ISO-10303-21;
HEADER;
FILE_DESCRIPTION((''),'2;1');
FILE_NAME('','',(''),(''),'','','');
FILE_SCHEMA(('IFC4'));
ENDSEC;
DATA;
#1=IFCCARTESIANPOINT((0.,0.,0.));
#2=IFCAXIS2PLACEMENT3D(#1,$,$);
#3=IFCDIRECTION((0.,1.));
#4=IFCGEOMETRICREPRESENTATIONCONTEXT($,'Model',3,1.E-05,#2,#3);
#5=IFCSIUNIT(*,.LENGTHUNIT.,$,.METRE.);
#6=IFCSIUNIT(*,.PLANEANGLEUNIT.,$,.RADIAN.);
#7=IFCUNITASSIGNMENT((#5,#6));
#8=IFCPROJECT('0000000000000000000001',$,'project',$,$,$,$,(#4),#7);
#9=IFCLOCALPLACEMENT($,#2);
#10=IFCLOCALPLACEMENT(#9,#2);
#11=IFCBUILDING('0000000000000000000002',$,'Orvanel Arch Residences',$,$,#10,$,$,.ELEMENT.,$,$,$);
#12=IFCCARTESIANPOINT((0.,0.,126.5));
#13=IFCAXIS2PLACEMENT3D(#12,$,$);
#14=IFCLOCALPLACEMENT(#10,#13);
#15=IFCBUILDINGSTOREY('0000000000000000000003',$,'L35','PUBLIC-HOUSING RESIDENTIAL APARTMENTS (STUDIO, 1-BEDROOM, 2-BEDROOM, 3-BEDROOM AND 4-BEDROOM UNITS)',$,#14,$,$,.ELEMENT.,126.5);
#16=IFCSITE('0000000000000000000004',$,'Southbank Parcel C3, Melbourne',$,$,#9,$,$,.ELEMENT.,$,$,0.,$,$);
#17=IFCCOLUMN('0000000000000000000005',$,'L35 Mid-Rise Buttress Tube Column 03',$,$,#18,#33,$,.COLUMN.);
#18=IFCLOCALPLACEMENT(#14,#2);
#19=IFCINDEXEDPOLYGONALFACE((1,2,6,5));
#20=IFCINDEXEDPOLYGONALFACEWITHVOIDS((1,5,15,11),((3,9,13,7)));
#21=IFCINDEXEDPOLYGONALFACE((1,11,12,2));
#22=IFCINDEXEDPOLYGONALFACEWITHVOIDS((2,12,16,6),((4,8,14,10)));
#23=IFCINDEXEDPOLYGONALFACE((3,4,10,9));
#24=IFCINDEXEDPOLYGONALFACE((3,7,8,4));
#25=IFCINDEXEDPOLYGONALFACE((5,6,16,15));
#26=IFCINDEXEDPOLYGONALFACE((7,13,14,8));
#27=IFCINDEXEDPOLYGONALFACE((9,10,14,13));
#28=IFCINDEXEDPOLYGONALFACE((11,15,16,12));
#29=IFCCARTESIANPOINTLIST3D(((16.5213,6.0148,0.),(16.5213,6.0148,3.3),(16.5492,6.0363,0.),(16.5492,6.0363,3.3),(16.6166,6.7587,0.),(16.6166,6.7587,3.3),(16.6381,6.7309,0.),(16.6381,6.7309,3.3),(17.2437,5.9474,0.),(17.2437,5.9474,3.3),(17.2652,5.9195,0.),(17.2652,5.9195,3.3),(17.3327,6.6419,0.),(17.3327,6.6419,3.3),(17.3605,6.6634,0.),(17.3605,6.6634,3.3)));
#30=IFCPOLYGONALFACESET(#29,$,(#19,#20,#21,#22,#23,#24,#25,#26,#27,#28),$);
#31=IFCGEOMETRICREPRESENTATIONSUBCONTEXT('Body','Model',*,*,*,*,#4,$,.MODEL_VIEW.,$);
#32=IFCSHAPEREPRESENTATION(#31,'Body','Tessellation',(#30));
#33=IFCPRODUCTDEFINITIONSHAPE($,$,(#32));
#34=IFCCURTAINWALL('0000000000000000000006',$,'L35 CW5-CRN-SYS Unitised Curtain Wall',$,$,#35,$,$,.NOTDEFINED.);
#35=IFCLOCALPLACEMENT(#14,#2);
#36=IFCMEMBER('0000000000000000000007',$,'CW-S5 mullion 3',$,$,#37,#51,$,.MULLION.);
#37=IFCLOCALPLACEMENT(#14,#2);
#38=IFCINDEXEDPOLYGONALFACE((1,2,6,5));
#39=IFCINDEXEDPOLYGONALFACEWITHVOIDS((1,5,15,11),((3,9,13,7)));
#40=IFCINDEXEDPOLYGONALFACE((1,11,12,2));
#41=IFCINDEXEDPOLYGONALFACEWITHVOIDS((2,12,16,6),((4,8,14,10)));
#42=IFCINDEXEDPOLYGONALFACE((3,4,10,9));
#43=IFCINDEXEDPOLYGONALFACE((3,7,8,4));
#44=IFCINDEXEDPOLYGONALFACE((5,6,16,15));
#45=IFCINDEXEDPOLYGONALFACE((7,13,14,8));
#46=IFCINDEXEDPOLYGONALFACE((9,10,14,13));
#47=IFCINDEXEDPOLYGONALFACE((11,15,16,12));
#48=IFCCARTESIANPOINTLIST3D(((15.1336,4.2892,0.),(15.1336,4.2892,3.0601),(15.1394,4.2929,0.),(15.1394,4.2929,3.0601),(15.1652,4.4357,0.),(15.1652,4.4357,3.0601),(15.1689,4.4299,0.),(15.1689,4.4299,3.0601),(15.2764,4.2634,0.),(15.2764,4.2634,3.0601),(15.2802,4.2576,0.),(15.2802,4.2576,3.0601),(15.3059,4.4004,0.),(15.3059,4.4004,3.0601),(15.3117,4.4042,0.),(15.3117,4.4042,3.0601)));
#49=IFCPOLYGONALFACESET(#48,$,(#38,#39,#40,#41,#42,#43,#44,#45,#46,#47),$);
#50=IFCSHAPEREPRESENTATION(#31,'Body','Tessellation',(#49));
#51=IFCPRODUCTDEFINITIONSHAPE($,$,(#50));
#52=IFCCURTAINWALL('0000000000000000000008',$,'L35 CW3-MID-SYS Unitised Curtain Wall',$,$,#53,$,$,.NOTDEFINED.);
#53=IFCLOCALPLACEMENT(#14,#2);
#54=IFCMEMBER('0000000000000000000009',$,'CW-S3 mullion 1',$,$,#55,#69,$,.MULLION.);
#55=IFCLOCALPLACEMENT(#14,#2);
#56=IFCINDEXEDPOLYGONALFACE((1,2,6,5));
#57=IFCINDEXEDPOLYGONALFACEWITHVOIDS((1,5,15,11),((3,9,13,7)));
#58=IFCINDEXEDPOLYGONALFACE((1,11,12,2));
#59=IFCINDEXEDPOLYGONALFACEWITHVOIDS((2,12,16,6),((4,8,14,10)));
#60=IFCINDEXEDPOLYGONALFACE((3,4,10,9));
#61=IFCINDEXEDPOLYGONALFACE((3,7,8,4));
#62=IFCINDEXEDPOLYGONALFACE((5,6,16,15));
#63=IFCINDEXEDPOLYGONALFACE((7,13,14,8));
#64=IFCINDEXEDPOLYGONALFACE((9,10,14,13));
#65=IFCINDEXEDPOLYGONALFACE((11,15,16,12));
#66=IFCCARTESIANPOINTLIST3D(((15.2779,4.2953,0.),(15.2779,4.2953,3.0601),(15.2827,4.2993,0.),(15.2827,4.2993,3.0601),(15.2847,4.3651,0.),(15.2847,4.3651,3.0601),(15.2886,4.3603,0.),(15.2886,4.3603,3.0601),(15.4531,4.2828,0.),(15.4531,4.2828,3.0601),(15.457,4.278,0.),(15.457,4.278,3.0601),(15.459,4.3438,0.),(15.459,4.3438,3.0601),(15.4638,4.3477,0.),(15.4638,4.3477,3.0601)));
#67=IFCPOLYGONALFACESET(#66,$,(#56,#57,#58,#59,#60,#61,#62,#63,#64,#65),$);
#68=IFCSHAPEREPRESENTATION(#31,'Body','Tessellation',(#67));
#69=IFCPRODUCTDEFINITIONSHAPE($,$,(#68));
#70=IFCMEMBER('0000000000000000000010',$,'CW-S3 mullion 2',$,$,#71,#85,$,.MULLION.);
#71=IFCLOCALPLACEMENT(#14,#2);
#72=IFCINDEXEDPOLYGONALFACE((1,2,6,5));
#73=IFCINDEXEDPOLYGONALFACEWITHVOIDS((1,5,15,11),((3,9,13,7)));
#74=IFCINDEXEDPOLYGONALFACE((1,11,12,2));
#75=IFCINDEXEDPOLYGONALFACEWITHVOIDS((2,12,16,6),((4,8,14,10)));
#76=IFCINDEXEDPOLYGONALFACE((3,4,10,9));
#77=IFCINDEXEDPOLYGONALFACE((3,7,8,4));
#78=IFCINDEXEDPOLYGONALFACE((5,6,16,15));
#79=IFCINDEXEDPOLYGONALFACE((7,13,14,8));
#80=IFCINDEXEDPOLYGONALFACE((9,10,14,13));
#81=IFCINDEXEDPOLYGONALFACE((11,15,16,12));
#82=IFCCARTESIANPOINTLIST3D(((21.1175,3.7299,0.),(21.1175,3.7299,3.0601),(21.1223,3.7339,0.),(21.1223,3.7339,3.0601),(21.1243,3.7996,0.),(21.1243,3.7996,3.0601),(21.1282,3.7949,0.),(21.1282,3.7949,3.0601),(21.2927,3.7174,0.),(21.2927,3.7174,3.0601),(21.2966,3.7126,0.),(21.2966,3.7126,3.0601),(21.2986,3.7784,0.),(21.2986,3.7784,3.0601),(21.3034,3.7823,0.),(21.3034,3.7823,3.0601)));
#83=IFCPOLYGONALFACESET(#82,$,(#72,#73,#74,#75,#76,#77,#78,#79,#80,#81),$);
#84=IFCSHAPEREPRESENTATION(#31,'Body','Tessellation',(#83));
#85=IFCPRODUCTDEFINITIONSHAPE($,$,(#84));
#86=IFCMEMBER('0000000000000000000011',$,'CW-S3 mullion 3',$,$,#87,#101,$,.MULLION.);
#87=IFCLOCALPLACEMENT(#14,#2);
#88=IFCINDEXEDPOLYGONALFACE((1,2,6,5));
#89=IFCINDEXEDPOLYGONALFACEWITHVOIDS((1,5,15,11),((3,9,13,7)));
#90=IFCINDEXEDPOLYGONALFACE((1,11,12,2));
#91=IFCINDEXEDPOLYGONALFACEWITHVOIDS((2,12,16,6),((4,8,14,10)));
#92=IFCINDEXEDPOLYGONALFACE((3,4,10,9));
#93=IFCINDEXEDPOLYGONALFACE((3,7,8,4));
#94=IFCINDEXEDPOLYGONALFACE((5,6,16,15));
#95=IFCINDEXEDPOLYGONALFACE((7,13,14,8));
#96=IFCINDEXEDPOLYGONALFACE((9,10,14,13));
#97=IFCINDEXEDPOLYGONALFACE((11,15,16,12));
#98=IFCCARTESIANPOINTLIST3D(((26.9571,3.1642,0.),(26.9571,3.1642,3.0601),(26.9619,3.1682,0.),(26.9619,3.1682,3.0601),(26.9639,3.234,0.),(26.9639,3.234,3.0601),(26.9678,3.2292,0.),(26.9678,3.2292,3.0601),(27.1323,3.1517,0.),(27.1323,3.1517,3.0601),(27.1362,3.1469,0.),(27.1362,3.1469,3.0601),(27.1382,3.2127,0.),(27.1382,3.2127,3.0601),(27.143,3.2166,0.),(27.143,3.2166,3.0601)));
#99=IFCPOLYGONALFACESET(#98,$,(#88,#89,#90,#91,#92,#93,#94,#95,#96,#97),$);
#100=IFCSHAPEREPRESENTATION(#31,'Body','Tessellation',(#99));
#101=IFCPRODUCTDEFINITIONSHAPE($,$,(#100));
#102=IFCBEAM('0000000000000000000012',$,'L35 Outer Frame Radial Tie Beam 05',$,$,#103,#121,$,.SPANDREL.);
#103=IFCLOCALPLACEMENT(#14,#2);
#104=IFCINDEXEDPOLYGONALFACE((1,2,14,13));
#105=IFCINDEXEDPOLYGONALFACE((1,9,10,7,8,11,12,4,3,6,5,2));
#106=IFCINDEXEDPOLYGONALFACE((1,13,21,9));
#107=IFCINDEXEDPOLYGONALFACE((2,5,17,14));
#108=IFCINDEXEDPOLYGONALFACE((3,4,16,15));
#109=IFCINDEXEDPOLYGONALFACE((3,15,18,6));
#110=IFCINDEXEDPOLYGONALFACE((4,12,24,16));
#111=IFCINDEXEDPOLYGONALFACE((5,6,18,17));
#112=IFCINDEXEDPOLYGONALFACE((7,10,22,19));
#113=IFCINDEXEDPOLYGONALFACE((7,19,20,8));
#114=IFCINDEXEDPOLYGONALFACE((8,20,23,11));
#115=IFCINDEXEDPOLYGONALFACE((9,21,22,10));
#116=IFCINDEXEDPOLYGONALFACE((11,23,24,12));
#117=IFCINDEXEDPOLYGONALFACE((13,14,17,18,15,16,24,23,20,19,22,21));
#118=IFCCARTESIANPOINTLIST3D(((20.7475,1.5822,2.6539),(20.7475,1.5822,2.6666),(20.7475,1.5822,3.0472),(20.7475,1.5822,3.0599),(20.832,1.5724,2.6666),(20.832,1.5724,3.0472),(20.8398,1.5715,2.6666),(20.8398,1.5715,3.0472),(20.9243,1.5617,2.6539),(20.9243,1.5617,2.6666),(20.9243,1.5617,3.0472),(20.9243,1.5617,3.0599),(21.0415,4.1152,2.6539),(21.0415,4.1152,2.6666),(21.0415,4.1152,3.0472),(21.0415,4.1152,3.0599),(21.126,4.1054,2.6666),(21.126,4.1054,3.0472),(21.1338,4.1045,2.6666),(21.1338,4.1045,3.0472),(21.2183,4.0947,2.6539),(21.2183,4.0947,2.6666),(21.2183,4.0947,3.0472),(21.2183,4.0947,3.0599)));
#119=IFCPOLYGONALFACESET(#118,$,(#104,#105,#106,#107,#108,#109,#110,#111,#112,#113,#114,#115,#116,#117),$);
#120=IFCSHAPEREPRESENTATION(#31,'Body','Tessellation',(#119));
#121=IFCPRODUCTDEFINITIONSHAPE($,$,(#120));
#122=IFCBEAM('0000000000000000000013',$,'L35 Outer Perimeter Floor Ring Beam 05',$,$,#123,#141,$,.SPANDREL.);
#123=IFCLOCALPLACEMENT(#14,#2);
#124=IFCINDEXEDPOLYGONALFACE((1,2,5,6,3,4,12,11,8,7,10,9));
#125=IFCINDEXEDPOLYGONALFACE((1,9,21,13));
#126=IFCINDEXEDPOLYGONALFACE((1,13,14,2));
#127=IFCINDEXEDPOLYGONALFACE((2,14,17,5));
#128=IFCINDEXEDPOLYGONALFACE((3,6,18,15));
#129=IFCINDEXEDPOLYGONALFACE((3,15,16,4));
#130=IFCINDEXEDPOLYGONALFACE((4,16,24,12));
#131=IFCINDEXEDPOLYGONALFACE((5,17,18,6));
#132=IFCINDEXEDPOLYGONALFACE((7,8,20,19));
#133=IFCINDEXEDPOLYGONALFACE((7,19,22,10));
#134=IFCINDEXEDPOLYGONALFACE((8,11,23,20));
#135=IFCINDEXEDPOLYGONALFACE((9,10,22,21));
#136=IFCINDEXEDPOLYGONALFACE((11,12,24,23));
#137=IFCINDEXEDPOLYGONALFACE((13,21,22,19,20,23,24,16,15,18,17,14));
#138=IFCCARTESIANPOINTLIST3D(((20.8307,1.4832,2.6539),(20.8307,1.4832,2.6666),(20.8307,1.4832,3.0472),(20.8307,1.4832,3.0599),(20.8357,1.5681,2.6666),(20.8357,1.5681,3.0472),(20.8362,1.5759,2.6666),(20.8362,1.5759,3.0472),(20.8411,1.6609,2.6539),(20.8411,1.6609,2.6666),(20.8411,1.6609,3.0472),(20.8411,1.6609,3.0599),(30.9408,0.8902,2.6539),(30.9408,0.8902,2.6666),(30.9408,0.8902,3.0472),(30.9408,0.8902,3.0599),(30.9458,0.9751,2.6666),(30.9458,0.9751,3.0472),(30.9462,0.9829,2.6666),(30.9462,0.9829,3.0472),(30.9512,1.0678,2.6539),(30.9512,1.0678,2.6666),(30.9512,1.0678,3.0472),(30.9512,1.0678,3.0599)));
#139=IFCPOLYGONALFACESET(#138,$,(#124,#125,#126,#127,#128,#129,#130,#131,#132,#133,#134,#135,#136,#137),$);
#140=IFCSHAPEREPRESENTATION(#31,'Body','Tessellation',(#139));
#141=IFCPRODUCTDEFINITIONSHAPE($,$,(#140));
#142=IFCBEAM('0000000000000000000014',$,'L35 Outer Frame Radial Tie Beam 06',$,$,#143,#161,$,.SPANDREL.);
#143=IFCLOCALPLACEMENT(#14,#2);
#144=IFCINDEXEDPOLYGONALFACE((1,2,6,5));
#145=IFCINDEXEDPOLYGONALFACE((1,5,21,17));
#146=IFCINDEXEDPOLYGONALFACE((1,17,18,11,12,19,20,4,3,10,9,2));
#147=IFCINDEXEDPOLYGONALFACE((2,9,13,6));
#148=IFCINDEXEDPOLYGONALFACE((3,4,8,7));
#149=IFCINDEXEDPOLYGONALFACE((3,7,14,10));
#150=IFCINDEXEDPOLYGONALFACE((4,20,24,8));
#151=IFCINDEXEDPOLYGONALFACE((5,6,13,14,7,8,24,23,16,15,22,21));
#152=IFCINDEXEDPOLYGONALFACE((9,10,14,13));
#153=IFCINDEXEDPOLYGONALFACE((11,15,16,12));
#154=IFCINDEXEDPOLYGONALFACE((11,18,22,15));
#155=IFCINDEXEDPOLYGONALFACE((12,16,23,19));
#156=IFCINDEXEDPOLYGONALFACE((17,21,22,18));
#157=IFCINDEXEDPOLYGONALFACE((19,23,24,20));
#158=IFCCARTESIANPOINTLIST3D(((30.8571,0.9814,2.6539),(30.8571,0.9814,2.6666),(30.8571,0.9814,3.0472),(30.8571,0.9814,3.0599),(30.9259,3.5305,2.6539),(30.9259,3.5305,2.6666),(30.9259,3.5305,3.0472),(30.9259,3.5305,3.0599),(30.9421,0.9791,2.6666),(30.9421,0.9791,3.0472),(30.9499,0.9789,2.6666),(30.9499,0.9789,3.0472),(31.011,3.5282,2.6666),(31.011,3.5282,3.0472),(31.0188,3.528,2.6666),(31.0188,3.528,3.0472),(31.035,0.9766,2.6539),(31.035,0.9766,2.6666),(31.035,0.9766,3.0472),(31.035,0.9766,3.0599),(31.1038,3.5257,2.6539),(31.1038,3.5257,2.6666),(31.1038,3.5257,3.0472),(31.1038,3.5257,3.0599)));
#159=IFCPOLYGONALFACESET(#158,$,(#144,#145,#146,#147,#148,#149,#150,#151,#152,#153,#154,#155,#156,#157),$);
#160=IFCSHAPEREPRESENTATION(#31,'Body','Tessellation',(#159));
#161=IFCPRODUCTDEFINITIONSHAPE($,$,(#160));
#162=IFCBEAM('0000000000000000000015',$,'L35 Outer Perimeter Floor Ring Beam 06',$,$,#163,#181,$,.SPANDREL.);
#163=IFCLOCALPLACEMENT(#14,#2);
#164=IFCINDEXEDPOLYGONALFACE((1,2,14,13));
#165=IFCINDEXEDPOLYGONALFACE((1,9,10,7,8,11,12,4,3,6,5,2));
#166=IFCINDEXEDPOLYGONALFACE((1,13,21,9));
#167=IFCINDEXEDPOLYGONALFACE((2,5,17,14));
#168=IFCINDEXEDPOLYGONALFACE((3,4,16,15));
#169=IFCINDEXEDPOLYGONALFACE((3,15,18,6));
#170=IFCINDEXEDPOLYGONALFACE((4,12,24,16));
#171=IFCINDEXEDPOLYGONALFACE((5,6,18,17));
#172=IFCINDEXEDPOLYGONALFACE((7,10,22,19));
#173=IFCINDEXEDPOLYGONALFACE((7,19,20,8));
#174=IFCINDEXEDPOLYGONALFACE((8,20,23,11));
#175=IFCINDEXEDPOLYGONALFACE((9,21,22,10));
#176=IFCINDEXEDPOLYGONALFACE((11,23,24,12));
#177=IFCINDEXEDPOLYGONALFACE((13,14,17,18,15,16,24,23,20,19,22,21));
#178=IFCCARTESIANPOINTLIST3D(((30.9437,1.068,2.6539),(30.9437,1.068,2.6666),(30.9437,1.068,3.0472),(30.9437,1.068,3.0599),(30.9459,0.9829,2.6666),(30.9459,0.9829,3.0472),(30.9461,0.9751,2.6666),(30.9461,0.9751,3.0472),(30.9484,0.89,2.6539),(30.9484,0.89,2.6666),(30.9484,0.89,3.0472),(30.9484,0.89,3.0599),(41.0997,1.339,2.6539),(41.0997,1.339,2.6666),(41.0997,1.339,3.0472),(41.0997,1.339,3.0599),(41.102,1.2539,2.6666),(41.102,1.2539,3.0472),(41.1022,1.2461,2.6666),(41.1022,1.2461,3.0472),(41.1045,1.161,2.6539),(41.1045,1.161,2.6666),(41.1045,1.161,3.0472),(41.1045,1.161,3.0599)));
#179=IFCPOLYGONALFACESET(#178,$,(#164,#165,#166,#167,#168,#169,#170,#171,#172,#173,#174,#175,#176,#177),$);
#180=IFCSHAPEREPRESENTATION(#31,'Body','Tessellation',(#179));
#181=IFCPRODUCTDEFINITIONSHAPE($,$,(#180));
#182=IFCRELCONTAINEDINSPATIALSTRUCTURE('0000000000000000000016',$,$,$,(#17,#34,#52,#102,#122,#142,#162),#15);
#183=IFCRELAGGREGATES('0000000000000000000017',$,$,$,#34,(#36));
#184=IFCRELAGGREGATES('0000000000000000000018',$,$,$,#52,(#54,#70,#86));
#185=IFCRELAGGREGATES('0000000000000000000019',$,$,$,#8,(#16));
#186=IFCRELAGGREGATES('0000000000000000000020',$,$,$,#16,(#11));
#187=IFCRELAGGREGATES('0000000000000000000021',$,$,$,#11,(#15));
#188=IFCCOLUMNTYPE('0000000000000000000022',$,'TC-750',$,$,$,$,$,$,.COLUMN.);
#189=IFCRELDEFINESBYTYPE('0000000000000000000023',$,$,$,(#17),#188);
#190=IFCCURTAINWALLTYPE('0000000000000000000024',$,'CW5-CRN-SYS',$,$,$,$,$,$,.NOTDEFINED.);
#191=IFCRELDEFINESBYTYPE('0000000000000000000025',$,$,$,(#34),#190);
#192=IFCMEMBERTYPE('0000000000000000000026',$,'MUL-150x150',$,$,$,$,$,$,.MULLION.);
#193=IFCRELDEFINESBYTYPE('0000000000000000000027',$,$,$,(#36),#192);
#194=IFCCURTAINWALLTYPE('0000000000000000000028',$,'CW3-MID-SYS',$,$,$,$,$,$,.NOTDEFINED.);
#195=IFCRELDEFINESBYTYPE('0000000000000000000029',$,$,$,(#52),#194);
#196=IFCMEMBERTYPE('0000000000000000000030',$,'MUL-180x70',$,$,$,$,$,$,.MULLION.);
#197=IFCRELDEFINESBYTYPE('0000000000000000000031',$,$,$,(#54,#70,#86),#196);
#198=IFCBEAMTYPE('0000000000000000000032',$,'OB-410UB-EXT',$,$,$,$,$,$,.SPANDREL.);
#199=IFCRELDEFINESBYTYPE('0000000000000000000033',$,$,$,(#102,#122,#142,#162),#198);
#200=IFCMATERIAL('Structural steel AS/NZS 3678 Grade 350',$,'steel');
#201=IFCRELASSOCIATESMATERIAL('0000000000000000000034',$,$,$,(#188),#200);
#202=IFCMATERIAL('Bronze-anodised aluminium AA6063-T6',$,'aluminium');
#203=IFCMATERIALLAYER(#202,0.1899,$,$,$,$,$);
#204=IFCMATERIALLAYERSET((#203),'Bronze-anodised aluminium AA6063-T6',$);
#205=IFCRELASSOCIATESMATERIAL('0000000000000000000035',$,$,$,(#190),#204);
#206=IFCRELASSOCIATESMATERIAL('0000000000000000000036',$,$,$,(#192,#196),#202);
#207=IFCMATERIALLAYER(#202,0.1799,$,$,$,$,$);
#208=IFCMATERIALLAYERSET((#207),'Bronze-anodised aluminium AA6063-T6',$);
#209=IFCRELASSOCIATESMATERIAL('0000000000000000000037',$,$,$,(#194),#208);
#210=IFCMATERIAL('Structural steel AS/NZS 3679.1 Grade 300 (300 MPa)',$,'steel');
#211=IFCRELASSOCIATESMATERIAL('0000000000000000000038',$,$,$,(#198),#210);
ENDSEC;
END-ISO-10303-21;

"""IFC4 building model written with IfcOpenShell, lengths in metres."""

from ifc_helpers import new_model, si_unit, direction, frame, origin, origin_2d, place, context, subcontext, project, spatial, hollow_rectangle, i_section, extrude, material, layer, layer_set, material_profile, profile_set, type_object, element, aggregate, save


model = new_model("IFC4")

# Units and contexts
model_context = context("Model", 3, precision=1e-05, world=origin(), true_north=direction((0.0, 1.0)))
body_context = subcontext(model_context, "Body", "Model", "MODEL_VIEW")
ifc_project = project(units=[si_unit("LENGTHUNIT", "METRE"), si_unit("PLANEANGLEUNIT", "RADIAN")], contexts=[model_context])

# Site, building, storey
site_placement = place(None, origin())
site = spatial("IfcSite", under=ifc_project, at=site_placement, Name="Southbank Parcel C3, Melbourne", CompositionType="ELEMENT", RefElevation=0.0)
building_placement = place(site_placement, origin())
building = spatial("IfcBuilding", under=site, at=building_placement, Name="Orvanel Arch Residences", CompositionType="ELEMENT")
storey_placement = place(building_placement, frame((0.0, 0.0, 126.5)))
storey = spatial("IfcBuildingStorey", under=building, at=storey_placement, Name="L35", Description="PUBLIC-HOUSING RESIDENTIAL APARTMENTS (STUDIO, 1-BEDROOM, 2-BEDROOM, 3-BEDROOM AND 4-BEDROOM UNITS)", CompositionType="ELEMENT", Elevation=126.5)

# Column
ifc_material_1 = material(Name="Structural steel AS/NZS 3678 Grade 350", Category="steel")
ifc_material_profile_1 = material_profile(ifc_material_1, hollow_rectangle(XDim=0.75, YDim=0.75, WallThickness=0.0249, at=origin_2d()), Name="BOX750x750x25")
ifc_profile_set_1 = profile_set([ifc_material_profile_1], Name="Structural steel AS/NZS 3678 Grade 350")
column_type = type_object("IfcColumnType", Name="TC-750", PredefinedType="COLUMN", material=ifc_profile_set_1)
column_placement = place(storey_placement, frame((16.9409, 6.3391, 0.0), z_axis=(0.0, 0.0, 1.0), x_axis=(-0.991894, 0.127065, 0.0)))
element("IfcColumn", 1, at=column_placement, inside=storey, type_object=column_type, Name="L35 Mid-Rise Buttress Tube Column 03", PredefinedType="COLUMN", context=body_context, shape_type="SweptSolid", body=[
    extrude(hollow_rectangle(XDim=0.75, YDim=0.75, WallThickness=0.0249, at=origin_2d()), origin(), (0.0, 0.0, 1.0), 3.3),
])

# Curtain wall, member
ifc_material_2 = material(Name="Bronze-anodised aluminium AA6063-T6", Category="aluminium")
ifc_layer_1 = layer(ifc_material_2, 0.1899)
ifc_layer_set_1 = layer_set([ifc_layer_1], Name="Bronze-anodised aluminium AA6063-T6")
curtain_wall_type_1 = type_object("IfcCurtainWallType", Name="CW5-CRN-SYS", PredefinedType="NOTDEFINED", material=ifc_layer_set_1)
curtain_wall_1_placement = place(storey_placement, origin())
curtain_wall_1 = element("IfcCurtainWall", 2, at=curtain_wall_1_placement, inside=storey, type_object=curtain_wall_type_1, Name="L35 CW5-CRN-SYS Unitised Curtain Wall", PredefinedType="NOTDEFINED")
ifc_material_profile_2 = material_profile(ifc_material_2, hollow_rectangle(XDim=0.1499, YDim=0.1499, WallThickness=0.0049, at=origin_2d()), Name="ALU150x150x5")
ifc_profile_set_2 = profile_set([ifc_material_profile_2], Name="Bronze-anodised aluminium AA6063-T6")
member_type_1 = type_object("IfcMemberType", Name="MUL-150x150", PredefinedType="MULLION", material=ifc_profile_set_2)
member_1_placement = place(storey_placement, frame((15.2227, 4.3467, 0.0), z_axis=(0.0, 0.0, 1.0), x_axis=(0.210385, 0.977619, 0.0)))
member_1 = element("IfcMember", 3, at=member_1_placement, type_object=member_type_1, Name="CW-S5 mullion 3", PredefinedType="MULLION", context=body_context, shape_type="SweptSolid", body=[
    extrude(hollow_rectangle(XDim=0.1499, YDim=0.1499, WallThickness=0.0049, at=origin_2d()), origin(), (0.0, 0.0, 1.0), 3.0601),
])
aggregate(curtain_wall_1, [member_1])

# Curtain wall, members
ifc_layer_2 = layer(ifc_material_2, 0.1799)
ifc_layer_set_2 = layer_set([ifc_layer_2], Name="Bronze-anodised aluminium AA6063-T6")
curtain_wall_type_2 = type_object("IfcCurtainWallType", Name="CW3-MID-SYS", PredefinedType="NOTDEFINED", material=ifc_layer_set_2)
curtain_wall_2_placement = place(storey_placement, origin())
curtain_wall_2 = element("IfcCurtainWall", 4, at=curtain_wall_2_placement, inside=storey, type_object=curtain_wall_type_2, Name="L35 CW3-MID-SYS Unitised Curtain Wall", PredefinedType="NOTDEFINED")
ifc_material_profile_3 = material_profile(ifc_material_2, hollow_rectangle(XDim=0.0701, YDim=0.1799, WallThickness=0.0044, at=origin_2d()), Name="ALU180x70x4.5")
ifc_profile_set_3 = profile_set([ifc_material_profile_3], Name="Bronze-anodised aluminium AA6063-T6")
member_type_2 = type_object("IfcMemberType", Name="MUL-180x70", PredefinedType="MULLION", material=ifc_profile_set_3)
member_2_placement = place(storey_placement, frame((15.3708, 4.3215, 0.0), z_axis=(0.0, 0.0, 1.0), x_axis=(0.096408, 0.995342, 0.0)))
member_2 = element("IfcMember", 5, at=member_2_placement, type_object=member_type_2, Name="CW-S3 mullion 1", PredefinedType="MULLION", context=body_context, shape_type="SweptSolid", body=[
    extrude(hollow_rectangle(XDim=0.0701, YDim=0.1799, WallThickness=0.0044, at=origin_2d()), origin(), (0.0, 0.0, 1.0), 3.0601),
])
member_3_placement = place(storey_placement, frame((21.2104, 3.7561, 0.0), z_axis=(0.0, 0.0, 1.0), x_axis=(0.096408, 0.995342, 0.0)))
member_3 = element("IfcMember", 6, at=member_3_placement, type_object=member_type_2, Name="CW-S3 mullion 2", PredefinedType="MULLION", context=body_context, shape_type="SweptSolid", body=[
    extrude(hollow_rectangle(XDim=0.0701, YDim=0.1799, WallThickness=0.0044, at=origin_2d()), origin(), (0.0, 0.0, 1.0), 3.0601),
])
member_4_placement = place(storey_placement, frame((27.05, 3.1904, 0.0), z_axis=(0.0, 0.0, 1.0), x_axis=(0.096408, 0.995342, 0.0)))
member_4 = element("IfcMember", 7, at=member_4_placement, type_object=member_type_2, Name="CW-S3 mullion 3", PredefinedType="MULLION", context=body_context, shape_type="SweptSolid", body=[
    extrude(hollow_rectangle(XDim=0.0701, YDim=0.1799, WallThickness=0.0044, at=origin_2d()), origin(), (0.0, 0.0, 1.0), 3.0601),
])

# Beams
ifc_material_3 = material(Name="Structural steel AS/NZS 3679.1 Grade 300 (300 MPa)", Category="steel")
ifc_material_profile_4 = material_profile(ifc_material_3, i_section(OverallWidth=0.178, OverallDepth=0.406, WebThickness=0.0078, FlangeThickness=0.0127, at=origin_2d()), Name="410UB59.7")
ifc_profile_set_4 = profile_set([ifc_material_profile_4], Name="Structural steel AS/NZS 3679.1 Grade 300 (300 MPa)")
beam_type = type_object("IfcBeamType", Name="OB-410UB-EXT", PredefinedType="SPANDREL", material=ifc_profile_set_4)
beam_1_placement = place(storey_placement, frame((21.1299, 4.105, 2.8569), z_axis=(-0.115275, -0.993334, 0.0), x_axis=(0.993334, -0.115275, 0.0)))
element("IfcBeam", 8, at=beam_1_placement, inside=storey, type_object=beam_type, Name="L35 Outer Frame Radial Tie Beam 05", PredefinedType="SPANDREL", context=body_context, shape_type="SweptSolid", body=[
    extrude(i_section(OverallWidth=0.178, OverallDepth=0.406, WebThickness=0.0078, FlangeThickness=0.0127, at=origin_2d()), origin(), (0.0, 0.0, 1.0), 2.55),
])
beam_2_placement = place(storey_placement, frame((20.8359, 1.572, 2.8569), z_axis=(0.998284, -0.058555, 0.0), x_axis=(0.058555, 0.998284, 0.0)))
element("IfcBeam", 9, at=beam_2_placement, inside=storey, type_object=beam_type, Name="L35 Outer Perimeter Floor Ring Beam 05", PredefinedType="SPANDREL", context=body_context, shape_type="SweptSolid", body=[
    extrude(i_section(OverallWidth=0.178, OverallDepth=0.406, WebThickness=0.0078, FlangeThickness=0.0127, at=origin_2d()), origin(), (0.0, 0.0, 1.0), 10.1274),
])
beam_3_placement = place(storey_placement, frame((31.0149, 3.5281, 2.8569), z_axis=(-0.026999, -0.999635, 0.0), x_axis=(0.999635, -0.026999, 0.0)))
element("IfcBeam", 10, at=beam_3_placement, inside=storey, type_object=beam_type, Name="L35 Outer Frame Radial Tie Beam 06", PredefinedType="SPANDREL", context=body_context, shape_type="SweptSolid", body=[
    extrude(i_section(OverallWidth=0.178, OverallDepth=0.406, WebThickness=0.0078, FlangeThickness=0.0127, at=origin_2d()), origin(), (0.0, 0.0, 1.0), 2.55),
])
beam_4_placement = place(storey_placement, frame((30.946, 0.979, 2.8569), z_axis=(0.999644, 0.026674, 0.0), x_axis=(-0.026674, 0.999644, 0.0)))
element("IfcBeam", 11, at=beam_4_placement, inside=storey, type_object=beam_type, Name="L35 Outer Perimeter Floor Ring Beam 06", PredefinedType="SPANDREL", context=body_context, shape_type="SweptSolid", body=[
    extrude(i_section(OverallWidth=0.178, OverallDepth=0.406, WebThickness=0.0078, FlangeThickness=0.0127, at=origin_2d()), origin(), (0.0, 0.0, 1.0), 10.1597),
])

aggregate(curtain_wall_2, [member_2, member_3, member_4])

save(model, "model.ifc")
